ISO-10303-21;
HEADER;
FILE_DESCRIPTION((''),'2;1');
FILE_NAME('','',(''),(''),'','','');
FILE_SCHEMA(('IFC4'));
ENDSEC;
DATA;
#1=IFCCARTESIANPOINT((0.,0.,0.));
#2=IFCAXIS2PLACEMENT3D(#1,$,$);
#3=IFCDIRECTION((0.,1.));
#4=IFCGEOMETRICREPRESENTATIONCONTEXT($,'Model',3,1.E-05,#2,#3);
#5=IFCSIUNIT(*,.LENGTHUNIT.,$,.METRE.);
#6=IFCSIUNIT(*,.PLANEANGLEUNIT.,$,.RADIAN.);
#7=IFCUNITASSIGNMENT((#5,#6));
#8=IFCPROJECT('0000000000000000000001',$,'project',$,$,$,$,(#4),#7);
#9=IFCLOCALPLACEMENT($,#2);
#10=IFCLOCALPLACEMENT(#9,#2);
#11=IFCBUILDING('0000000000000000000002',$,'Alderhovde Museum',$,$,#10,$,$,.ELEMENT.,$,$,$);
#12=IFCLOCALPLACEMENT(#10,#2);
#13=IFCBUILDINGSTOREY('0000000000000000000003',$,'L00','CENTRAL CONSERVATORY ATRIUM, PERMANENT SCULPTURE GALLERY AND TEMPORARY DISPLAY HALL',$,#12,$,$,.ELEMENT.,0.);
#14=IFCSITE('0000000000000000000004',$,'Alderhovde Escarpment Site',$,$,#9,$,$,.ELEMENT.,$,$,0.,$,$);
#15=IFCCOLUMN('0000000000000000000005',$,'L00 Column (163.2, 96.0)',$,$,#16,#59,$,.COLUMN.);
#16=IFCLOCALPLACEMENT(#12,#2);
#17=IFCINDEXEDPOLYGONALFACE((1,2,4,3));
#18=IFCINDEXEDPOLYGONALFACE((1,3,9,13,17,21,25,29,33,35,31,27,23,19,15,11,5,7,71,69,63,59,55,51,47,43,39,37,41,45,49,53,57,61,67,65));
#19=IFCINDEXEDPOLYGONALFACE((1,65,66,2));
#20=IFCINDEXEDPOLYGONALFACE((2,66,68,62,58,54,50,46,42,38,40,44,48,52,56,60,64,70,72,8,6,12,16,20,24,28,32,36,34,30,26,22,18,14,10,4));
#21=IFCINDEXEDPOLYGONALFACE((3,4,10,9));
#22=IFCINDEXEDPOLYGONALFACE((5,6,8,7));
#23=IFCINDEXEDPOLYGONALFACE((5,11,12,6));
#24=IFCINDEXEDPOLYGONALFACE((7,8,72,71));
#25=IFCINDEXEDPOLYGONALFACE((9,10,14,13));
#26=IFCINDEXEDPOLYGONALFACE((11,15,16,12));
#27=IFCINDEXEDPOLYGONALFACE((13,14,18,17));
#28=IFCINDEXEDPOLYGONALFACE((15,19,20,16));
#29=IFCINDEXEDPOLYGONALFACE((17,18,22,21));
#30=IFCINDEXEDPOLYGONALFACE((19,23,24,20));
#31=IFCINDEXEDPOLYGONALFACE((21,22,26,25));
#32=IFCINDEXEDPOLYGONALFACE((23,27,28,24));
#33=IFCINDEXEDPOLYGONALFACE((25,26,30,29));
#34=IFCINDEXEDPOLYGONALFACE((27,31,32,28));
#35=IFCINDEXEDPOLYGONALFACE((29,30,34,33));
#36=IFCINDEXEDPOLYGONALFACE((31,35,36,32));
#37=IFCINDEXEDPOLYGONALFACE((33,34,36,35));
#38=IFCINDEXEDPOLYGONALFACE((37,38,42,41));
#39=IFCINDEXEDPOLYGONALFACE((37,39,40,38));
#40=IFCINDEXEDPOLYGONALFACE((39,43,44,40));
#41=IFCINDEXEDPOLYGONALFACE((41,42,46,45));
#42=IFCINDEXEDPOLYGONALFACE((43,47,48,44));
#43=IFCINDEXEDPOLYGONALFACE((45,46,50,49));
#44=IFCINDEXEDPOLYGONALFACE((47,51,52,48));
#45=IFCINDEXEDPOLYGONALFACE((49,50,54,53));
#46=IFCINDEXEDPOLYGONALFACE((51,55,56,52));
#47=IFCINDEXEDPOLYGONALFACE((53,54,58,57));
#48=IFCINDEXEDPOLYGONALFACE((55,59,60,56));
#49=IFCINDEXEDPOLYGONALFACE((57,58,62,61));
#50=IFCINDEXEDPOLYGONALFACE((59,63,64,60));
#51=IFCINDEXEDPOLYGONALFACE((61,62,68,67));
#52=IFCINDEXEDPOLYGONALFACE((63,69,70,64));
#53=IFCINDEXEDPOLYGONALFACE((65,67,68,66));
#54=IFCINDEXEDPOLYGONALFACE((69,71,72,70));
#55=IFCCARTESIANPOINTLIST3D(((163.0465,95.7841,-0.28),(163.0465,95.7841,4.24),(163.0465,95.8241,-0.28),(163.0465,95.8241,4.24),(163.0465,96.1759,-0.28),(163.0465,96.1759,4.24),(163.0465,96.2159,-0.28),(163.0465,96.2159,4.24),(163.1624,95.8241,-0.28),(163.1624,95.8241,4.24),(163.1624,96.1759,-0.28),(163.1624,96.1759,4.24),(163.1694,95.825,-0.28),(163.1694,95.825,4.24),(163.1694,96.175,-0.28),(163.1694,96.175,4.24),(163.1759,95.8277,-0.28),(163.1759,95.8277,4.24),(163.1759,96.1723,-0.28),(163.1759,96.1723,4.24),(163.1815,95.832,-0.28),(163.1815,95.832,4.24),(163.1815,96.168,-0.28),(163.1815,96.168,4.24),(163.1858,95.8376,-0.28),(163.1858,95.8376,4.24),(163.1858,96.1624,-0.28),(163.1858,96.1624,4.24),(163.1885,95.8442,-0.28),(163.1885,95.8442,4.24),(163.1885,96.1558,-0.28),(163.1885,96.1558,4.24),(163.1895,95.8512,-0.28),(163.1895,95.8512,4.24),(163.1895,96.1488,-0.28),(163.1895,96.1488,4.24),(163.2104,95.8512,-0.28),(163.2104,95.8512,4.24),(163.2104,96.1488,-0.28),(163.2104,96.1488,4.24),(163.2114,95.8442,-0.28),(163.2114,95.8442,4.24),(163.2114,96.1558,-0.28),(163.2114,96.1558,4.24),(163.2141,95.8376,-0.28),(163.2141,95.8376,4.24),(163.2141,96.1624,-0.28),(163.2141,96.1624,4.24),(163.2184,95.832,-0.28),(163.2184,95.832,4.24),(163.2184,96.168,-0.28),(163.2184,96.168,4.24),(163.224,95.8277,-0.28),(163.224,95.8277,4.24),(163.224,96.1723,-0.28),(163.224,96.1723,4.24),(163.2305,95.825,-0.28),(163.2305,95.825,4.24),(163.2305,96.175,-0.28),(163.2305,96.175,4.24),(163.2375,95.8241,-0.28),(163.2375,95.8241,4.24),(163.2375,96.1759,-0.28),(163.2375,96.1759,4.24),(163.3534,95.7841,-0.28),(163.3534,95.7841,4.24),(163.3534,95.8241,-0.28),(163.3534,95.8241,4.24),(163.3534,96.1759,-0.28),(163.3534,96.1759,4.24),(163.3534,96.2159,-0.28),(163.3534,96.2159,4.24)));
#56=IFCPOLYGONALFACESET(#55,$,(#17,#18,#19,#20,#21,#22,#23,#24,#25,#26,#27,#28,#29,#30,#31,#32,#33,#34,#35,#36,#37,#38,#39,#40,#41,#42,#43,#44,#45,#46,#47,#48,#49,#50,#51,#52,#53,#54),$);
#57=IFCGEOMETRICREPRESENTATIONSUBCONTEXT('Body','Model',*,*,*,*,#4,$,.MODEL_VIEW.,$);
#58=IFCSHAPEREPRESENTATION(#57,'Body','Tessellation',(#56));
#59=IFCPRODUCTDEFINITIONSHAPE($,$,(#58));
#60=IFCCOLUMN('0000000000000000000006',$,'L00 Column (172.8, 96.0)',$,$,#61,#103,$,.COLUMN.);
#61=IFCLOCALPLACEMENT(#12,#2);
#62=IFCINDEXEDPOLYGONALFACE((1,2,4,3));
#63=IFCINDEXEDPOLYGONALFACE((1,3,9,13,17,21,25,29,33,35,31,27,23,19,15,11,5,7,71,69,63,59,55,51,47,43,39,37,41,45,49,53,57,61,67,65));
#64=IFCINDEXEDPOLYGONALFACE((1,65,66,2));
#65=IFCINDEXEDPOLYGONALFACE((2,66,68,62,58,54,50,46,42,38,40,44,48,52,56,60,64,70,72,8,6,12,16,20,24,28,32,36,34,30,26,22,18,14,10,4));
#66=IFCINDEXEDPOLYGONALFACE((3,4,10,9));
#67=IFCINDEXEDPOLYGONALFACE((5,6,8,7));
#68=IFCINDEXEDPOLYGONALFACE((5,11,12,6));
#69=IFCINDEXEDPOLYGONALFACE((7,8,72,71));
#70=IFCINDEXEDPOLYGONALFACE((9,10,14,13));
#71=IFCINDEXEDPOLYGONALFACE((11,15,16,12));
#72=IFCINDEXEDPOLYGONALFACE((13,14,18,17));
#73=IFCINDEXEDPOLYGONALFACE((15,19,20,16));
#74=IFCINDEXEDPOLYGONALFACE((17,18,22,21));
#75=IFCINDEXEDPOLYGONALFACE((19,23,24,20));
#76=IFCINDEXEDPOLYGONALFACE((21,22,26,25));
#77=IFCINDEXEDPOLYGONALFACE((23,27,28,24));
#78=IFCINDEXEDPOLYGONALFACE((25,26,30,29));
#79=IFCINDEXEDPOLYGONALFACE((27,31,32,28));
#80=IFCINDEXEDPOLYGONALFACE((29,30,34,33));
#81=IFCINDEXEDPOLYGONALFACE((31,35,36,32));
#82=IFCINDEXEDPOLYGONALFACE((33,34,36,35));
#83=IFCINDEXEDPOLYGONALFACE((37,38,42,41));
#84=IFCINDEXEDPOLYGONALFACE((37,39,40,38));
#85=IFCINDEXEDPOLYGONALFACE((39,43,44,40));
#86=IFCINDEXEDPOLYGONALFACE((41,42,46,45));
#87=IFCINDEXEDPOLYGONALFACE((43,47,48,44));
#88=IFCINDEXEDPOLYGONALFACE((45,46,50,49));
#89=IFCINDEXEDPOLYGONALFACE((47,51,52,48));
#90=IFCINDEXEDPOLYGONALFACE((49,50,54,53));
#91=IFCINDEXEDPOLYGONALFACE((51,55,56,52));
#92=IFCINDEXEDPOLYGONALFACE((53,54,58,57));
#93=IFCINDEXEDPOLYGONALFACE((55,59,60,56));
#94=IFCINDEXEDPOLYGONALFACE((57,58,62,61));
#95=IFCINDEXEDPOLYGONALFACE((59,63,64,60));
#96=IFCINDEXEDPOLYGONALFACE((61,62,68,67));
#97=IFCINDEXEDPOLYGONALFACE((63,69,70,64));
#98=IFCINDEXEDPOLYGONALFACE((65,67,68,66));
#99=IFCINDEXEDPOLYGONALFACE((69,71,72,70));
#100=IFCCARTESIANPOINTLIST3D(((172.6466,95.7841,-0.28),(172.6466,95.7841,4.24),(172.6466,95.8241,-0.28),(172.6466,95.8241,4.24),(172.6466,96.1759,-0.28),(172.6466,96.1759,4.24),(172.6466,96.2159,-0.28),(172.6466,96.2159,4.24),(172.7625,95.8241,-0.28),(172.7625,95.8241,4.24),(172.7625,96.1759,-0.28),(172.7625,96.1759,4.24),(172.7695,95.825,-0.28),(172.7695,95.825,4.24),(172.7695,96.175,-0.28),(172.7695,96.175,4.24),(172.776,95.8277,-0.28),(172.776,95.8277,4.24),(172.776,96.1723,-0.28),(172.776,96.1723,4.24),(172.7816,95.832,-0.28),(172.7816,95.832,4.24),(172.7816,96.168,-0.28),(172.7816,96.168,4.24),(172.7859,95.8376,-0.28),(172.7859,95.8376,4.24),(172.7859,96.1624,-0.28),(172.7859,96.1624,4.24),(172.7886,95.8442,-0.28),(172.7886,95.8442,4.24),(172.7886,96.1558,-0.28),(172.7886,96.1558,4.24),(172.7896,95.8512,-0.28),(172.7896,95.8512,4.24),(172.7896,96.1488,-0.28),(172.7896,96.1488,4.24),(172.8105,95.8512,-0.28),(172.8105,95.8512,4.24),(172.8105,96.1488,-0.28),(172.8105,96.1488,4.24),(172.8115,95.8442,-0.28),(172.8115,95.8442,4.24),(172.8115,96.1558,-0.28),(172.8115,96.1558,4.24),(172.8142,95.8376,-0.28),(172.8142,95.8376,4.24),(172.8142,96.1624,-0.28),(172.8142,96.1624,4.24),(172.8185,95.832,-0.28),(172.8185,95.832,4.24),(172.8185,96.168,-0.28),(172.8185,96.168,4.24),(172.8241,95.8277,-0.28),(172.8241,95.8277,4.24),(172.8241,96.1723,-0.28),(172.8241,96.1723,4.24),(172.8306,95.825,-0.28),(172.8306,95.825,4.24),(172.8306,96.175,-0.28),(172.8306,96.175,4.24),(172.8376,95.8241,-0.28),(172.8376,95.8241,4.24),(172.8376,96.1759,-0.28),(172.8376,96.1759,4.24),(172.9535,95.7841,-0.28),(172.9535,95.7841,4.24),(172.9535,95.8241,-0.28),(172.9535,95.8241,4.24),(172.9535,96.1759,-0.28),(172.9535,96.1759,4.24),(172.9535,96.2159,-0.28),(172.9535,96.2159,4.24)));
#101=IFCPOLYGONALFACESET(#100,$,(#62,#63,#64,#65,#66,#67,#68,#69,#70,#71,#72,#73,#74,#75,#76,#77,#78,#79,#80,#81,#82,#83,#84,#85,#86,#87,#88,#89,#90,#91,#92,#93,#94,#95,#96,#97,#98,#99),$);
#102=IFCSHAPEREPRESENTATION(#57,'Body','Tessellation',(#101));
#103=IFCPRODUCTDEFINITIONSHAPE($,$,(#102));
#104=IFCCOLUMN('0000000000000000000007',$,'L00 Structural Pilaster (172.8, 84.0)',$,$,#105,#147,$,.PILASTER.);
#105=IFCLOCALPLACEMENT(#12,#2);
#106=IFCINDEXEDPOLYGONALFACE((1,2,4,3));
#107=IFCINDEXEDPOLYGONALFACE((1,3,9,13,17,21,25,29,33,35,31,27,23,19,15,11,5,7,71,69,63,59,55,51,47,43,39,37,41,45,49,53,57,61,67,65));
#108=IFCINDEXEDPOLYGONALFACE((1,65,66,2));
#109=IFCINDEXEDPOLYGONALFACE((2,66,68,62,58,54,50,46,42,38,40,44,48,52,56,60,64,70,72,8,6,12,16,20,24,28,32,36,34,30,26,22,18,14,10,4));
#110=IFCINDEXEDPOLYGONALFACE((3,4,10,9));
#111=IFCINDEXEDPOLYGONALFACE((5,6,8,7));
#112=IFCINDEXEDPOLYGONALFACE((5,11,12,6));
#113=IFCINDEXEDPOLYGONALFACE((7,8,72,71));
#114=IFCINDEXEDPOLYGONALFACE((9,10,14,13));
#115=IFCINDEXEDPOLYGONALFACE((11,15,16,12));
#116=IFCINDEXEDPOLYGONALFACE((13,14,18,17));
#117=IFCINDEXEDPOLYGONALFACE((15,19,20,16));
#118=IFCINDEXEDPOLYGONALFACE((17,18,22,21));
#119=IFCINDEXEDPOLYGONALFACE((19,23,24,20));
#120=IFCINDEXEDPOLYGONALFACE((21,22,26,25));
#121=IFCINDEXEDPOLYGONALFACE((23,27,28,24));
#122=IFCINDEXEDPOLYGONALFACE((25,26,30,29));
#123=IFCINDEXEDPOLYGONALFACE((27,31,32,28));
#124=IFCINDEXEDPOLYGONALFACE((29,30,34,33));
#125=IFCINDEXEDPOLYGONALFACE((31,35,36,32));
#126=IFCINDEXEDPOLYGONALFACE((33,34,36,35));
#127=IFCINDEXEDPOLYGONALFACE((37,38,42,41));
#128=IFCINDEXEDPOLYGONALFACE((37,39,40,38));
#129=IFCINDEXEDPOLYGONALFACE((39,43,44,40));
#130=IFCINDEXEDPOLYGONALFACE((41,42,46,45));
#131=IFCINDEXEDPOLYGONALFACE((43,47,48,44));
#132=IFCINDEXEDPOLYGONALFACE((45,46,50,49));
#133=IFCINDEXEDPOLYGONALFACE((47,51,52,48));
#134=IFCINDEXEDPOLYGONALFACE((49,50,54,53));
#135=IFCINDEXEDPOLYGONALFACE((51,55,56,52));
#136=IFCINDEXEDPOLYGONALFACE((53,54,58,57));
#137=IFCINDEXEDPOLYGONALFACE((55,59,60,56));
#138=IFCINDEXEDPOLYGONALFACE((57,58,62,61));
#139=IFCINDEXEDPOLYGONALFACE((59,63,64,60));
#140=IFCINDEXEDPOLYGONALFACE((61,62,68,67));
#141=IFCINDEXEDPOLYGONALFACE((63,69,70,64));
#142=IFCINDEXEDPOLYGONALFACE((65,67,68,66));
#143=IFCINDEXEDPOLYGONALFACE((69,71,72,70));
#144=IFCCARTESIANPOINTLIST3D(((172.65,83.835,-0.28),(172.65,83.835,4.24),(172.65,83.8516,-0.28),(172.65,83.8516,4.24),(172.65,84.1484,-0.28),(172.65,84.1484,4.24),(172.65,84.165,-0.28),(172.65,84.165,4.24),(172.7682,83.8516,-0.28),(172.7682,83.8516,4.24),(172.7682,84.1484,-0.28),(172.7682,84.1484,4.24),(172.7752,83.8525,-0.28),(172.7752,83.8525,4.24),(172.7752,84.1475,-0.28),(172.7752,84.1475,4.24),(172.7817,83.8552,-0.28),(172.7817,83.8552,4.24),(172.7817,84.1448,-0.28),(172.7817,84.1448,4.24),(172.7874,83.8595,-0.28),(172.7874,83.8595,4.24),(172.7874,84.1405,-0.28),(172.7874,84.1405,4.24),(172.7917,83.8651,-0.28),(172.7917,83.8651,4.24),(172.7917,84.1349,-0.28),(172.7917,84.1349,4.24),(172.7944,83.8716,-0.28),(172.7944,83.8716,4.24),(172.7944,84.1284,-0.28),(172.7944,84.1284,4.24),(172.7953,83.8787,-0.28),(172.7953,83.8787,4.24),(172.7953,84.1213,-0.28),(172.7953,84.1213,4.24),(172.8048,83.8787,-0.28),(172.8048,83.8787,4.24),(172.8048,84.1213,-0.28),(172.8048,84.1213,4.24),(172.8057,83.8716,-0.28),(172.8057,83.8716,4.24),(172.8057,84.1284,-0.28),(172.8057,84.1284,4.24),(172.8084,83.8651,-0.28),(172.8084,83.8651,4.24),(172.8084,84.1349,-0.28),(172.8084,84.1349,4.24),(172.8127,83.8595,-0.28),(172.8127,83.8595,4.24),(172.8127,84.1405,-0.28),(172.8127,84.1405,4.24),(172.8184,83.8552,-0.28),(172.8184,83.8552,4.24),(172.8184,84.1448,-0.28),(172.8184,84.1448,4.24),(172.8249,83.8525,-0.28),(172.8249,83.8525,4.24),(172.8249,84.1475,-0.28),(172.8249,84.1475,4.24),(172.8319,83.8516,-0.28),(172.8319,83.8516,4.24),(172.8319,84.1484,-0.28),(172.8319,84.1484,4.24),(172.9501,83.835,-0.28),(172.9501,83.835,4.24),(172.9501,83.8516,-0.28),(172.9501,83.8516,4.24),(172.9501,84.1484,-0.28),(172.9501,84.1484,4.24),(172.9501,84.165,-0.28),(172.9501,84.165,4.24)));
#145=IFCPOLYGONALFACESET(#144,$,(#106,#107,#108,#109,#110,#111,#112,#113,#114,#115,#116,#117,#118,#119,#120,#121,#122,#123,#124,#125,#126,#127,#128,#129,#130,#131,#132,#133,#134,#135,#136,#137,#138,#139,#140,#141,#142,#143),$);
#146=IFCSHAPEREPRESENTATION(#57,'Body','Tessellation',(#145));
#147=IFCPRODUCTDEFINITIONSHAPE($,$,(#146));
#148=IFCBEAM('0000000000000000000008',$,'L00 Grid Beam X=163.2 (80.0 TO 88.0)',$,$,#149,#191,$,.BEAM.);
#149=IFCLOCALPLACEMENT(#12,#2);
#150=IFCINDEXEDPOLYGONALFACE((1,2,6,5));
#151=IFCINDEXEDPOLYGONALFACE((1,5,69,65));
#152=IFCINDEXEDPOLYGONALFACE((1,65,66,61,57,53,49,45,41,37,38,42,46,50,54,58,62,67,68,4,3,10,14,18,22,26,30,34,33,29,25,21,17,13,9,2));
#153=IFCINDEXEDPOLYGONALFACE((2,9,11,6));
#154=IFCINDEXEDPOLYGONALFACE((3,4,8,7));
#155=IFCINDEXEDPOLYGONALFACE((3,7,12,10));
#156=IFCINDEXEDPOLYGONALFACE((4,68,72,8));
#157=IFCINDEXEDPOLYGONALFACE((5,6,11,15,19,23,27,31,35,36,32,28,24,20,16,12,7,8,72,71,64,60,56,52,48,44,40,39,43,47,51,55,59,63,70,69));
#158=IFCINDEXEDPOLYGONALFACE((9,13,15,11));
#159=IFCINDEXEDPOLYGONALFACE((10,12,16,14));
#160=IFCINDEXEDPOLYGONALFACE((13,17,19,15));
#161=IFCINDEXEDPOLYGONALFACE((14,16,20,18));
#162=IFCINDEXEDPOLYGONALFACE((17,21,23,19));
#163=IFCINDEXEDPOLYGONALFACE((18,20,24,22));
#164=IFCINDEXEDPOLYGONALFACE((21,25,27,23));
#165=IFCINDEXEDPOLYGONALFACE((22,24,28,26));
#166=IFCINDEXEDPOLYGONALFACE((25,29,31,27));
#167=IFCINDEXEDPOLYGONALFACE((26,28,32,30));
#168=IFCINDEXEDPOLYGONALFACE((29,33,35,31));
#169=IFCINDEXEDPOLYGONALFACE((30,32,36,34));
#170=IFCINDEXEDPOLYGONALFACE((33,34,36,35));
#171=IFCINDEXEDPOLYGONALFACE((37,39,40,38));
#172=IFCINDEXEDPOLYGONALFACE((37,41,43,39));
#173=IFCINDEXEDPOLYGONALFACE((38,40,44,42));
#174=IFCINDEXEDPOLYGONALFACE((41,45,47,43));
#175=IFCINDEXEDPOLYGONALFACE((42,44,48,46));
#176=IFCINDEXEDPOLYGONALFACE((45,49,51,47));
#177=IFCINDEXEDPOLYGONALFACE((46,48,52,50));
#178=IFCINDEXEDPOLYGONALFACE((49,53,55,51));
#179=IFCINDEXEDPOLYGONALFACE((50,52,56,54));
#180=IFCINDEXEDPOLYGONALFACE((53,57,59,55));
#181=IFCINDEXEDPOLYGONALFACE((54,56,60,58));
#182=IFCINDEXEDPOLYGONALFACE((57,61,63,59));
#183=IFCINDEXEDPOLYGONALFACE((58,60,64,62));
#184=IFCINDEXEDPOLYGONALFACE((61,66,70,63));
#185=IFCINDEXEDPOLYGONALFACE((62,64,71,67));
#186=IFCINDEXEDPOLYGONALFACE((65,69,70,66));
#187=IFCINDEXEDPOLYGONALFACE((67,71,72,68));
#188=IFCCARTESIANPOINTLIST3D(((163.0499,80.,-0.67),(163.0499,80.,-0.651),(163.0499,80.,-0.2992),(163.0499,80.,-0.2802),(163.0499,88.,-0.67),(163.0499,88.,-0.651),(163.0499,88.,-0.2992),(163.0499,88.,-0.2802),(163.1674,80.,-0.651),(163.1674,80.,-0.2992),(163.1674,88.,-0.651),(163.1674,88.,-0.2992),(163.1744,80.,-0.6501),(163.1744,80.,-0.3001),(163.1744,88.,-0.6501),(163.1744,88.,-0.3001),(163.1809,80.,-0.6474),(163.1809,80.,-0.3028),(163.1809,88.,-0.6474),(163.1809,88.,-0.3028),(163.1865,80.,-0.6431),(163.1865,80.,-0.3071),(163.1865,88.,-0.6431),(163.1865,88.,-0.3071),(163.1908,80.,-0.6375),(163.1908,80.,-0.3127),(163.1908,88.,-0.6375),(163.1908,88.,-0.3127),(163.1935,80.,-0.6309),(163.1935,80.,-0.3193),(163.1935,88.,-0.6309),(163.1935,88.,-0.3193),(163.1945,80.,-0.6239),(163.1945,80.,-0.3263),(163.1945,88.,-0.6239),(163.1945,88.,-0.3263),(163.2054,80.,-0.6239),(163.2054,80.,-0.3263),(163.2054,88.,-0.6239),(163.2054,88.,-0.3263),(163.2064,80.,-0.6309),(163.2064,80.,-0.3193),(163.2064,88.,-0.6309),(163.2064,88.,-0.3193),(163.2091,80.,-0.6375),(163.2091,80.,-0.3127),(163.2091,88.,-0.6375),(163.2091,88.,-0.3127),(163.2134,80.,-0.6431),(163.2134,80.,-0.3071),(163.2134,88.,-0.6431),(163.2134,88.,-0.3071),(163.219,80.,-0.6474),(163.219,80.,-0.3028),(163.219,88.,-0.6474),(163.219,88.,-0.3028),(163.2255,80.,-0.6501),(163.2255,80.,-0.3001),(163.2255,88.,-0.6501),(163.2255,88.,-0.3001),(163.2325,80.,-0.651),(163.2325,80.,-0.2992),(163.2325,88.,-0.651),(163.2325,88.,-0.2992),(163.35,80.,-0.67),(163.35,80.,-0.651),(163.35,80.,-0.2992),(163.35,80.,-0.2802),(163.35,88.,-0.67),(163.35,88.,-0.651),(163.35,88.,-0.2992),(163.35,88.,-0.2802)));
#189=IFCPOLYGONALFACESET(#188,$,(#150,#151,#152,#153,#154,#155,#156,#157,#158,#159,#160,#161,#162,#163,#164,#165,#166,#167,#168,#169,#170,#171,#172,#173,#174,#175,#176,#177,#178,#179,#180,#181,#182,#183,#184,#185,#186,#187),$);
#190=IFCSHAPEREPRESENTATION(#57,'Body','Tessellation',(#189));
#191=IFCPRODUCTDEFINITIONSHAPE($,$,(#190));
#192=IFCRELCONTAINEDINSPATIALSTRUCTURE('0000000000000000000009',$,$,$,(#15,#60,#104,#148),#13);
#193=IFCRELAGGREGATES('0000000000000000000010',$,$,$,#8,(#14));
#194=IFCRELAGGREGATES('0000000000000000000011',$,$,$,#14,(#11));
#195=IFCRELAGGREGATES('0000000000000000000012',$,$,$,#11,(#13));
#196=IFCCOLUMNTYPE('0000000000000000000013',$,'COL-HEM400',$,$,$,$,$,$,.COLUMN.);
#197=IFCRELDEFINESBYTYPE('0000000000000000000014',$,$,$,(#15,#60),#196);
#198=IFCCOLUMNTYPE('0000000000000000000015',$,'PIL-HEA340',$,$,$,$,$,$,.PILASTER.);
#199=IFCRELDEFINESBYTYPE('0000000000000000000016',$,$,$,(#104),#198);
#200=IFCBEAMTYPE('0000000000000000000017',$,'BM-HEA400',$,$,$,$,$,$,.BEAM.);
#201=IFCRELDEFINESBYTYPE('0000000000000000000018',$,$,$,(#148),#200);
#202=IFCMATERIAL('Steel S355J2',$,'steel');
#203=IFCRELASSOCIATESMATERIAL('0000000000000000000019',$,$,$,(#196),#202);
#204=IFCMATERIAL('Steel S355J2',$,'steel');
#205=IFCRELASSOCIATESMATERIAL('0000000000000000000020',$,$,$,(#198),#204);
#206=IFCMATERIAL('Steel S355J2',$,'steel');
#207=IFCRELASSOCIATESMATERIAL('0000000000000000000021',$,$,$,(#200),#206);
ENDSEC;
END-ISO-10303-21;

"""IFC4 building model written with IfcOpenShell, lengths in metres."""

from ifc_helpers import new_model, si_unit, direction, frame, origin, origin_2d, place, context, subcontext, project, spatial, i_section, extrude, material, material_profile, profile_set, type_object, element, save


model = new_model("IFC4")

# Units and contexts
model_context = context("Model", 3, precision=1e-05, world=origin(), true_north=direction((0.0, 1.0)))
body_context = subcontext(model_context, "Body", "Model", "MODEL_VIEW")
ifc_project = project(units=[si_unit("LENGTHUNIT", "METRE"), si_unit("PLANEANGLEUNIT", "RADIAN")], contexts=[model_context])

# Site, building, storey
site_placement = place(None, origin())
site = spatial("IfcSite", under=ifc_project, at=site_placement, Name="Alderhovde Escarpment Site", CompositionType="ELEMENT", RefElevation=0.0)
building_placement = place(site_placement, origin())
building = spatial("IfcBuilding", under=site, at=building_placement, Name="Alderhovde Museum", CompositionType="ELEMENT")
storey_placement = place(building_placement, origin())
storey = spatial("IfcBuildingStorey", under=building, at=storey_placement, Name="L00", Description="CENTRAL CONSERVATORY ATRIUM, PERMANENT SCULPTURE GALLERY AND TEMPORARY DISPLAY HALL", CompositionType="ELEMENT", Elevation=0.0)

# Columns
ifc_material_1 = material(Name="Steel S355J2", Category="steel")
ifc_material_profile_1 = material_profile(ifc_material_1, i_section(OverallWidth=0.3069, OverallDepth=0.4319, WebThickness=0.021, FlangeThickness=0.04, FilletRadius=0.0271, at=origin_2d()), Name="HEM 400")
ifc_profile_set_1 = profile_set([ifc_material_profile_1], Name="Steel S355J2")
column_type_1 = type_object("IfcColumnType", Name="COL-HEM400", PredefinedType="COLUMN", material=ifc_profile_set_1)
for number, where, z_axis, x_axis, name in (
    (1, (163.2, 96.0, -0.28), (0.0, 0.0, 1.0), (1.0, 0.0, 0.0), "L00 Column (163.2, 96.0)"),
    (2, (172.8, 96.0, -0.28), (0.0, 0.0, 1.0), (1.0, 0.0, 0.0), "L00 Column (172.8, 96.0)"),
):
    element("IfcColumn", number, at=place(storey_placement, frame(where, z_axis=z_axis, x_axis=x_axis)), inside=storey, type_object=column_type_1, Name=name, PredefinedType="COLUMN", context=body_context, shape_type="SweptSolid", body=[
        extrude(i_section(OverallWidth=0.3069, OverallDepth=0.4319, WebThickness=0.021, FlangeThickness=0.04, FilletRadius=0.0271, at=origin_2d()), origin(), (0.0, 0.0, 1.0), 4.52),
    ])
ifc_material_2 = material(Name="Steel S355J2", Category="steel")
ifc_material_profile_2 = material_profile(ifc_material_2, i_section(OverallWidth=0.3, OverallDepth=0.3301, WebThickness=0.0095, FlangeThickness=0.0166, FilletRadius=0.0271, at=origin_2d()), Name="HEA 340")
ifc_profile_set_2 = profile_set([ifc_material_profile_2], Name="Steel S355J2")
column_type_2 = type_object("IfcColumnType", Name="PIL-HEA340", PredefinedType="PILASTER", material=ifc_profile_set_2)
column_placement = place(storey_placement, frame((172.8, 84.0, -0.28), z_axis=(0.0, 0.0, 1.0), x_axis=(1.0, 0.0, 0.0)))
element("IfcColumn", 3, at=column_placement, inside=storey, type_object=column_type_2, Name="L00 Structural Pilaster (172.8, 84.0)", PredefinedType="PILASTER", context=body_context, shape_type="SweptSolid", body=[
    extrude(i_section(OverallWidth=0.3, OverallDepth=0.3301, WebThickness=0.0095, FlangeThickness=0.0166, FilletRadius=0.0271, at=origin_2d()), origin(), (0.0, 0.0, 1.0), 4.52),
])

# Beam
ifc_material_3 = material(Name="Steel S355J2", Category="steel")
ifc_material_profile_3 = material_profile(ifc_material_3, i_section(OverallWidth=0.3, OverallDepth=0.3899, WebThickness=0.011, FlangeThickness=0.019, FilletRadius=0.0271, at=origin_2d()), Name="HEA 400")
ifc_profile_set_3 = profile_set([ifc_material_profile_3], Name="Steel S355J2")
beam_type_1 = type_object("IfcBeamType", Name="BM-HEA400", PredefinedType="BEAM", material=ifc_profile_set_3)
for number, where, z_axis, x_axis, name in (
    (4, (163.2, 80.0, -0.4751), (0.0, 1.0, 0.0), (-1.0, 0.0, 0.0), "L00 Grid Beam X=163.2 (80.0 TO 88.0)"),
):
    element("IfcBeam", number, at=place(storey_placement, frame(where, z_axis=z_axis, x_axis=x_axis)), inside=storey, type_object=beam_type_1, Name=name, PredefinedType="BEAM", context=body_context, shape_type="SweptSolid", body=[
        extrude(i_section(OverallWidth=0.3, OverallDepth=0.3899, WebThickness=0.011, FlangeThickness=0.019, FilletRadius=0.0271, at=origin_2d()), origin(), (0.0, 0.0, 1.0), 8.0),
    ])

save(model, "model.ifc")
